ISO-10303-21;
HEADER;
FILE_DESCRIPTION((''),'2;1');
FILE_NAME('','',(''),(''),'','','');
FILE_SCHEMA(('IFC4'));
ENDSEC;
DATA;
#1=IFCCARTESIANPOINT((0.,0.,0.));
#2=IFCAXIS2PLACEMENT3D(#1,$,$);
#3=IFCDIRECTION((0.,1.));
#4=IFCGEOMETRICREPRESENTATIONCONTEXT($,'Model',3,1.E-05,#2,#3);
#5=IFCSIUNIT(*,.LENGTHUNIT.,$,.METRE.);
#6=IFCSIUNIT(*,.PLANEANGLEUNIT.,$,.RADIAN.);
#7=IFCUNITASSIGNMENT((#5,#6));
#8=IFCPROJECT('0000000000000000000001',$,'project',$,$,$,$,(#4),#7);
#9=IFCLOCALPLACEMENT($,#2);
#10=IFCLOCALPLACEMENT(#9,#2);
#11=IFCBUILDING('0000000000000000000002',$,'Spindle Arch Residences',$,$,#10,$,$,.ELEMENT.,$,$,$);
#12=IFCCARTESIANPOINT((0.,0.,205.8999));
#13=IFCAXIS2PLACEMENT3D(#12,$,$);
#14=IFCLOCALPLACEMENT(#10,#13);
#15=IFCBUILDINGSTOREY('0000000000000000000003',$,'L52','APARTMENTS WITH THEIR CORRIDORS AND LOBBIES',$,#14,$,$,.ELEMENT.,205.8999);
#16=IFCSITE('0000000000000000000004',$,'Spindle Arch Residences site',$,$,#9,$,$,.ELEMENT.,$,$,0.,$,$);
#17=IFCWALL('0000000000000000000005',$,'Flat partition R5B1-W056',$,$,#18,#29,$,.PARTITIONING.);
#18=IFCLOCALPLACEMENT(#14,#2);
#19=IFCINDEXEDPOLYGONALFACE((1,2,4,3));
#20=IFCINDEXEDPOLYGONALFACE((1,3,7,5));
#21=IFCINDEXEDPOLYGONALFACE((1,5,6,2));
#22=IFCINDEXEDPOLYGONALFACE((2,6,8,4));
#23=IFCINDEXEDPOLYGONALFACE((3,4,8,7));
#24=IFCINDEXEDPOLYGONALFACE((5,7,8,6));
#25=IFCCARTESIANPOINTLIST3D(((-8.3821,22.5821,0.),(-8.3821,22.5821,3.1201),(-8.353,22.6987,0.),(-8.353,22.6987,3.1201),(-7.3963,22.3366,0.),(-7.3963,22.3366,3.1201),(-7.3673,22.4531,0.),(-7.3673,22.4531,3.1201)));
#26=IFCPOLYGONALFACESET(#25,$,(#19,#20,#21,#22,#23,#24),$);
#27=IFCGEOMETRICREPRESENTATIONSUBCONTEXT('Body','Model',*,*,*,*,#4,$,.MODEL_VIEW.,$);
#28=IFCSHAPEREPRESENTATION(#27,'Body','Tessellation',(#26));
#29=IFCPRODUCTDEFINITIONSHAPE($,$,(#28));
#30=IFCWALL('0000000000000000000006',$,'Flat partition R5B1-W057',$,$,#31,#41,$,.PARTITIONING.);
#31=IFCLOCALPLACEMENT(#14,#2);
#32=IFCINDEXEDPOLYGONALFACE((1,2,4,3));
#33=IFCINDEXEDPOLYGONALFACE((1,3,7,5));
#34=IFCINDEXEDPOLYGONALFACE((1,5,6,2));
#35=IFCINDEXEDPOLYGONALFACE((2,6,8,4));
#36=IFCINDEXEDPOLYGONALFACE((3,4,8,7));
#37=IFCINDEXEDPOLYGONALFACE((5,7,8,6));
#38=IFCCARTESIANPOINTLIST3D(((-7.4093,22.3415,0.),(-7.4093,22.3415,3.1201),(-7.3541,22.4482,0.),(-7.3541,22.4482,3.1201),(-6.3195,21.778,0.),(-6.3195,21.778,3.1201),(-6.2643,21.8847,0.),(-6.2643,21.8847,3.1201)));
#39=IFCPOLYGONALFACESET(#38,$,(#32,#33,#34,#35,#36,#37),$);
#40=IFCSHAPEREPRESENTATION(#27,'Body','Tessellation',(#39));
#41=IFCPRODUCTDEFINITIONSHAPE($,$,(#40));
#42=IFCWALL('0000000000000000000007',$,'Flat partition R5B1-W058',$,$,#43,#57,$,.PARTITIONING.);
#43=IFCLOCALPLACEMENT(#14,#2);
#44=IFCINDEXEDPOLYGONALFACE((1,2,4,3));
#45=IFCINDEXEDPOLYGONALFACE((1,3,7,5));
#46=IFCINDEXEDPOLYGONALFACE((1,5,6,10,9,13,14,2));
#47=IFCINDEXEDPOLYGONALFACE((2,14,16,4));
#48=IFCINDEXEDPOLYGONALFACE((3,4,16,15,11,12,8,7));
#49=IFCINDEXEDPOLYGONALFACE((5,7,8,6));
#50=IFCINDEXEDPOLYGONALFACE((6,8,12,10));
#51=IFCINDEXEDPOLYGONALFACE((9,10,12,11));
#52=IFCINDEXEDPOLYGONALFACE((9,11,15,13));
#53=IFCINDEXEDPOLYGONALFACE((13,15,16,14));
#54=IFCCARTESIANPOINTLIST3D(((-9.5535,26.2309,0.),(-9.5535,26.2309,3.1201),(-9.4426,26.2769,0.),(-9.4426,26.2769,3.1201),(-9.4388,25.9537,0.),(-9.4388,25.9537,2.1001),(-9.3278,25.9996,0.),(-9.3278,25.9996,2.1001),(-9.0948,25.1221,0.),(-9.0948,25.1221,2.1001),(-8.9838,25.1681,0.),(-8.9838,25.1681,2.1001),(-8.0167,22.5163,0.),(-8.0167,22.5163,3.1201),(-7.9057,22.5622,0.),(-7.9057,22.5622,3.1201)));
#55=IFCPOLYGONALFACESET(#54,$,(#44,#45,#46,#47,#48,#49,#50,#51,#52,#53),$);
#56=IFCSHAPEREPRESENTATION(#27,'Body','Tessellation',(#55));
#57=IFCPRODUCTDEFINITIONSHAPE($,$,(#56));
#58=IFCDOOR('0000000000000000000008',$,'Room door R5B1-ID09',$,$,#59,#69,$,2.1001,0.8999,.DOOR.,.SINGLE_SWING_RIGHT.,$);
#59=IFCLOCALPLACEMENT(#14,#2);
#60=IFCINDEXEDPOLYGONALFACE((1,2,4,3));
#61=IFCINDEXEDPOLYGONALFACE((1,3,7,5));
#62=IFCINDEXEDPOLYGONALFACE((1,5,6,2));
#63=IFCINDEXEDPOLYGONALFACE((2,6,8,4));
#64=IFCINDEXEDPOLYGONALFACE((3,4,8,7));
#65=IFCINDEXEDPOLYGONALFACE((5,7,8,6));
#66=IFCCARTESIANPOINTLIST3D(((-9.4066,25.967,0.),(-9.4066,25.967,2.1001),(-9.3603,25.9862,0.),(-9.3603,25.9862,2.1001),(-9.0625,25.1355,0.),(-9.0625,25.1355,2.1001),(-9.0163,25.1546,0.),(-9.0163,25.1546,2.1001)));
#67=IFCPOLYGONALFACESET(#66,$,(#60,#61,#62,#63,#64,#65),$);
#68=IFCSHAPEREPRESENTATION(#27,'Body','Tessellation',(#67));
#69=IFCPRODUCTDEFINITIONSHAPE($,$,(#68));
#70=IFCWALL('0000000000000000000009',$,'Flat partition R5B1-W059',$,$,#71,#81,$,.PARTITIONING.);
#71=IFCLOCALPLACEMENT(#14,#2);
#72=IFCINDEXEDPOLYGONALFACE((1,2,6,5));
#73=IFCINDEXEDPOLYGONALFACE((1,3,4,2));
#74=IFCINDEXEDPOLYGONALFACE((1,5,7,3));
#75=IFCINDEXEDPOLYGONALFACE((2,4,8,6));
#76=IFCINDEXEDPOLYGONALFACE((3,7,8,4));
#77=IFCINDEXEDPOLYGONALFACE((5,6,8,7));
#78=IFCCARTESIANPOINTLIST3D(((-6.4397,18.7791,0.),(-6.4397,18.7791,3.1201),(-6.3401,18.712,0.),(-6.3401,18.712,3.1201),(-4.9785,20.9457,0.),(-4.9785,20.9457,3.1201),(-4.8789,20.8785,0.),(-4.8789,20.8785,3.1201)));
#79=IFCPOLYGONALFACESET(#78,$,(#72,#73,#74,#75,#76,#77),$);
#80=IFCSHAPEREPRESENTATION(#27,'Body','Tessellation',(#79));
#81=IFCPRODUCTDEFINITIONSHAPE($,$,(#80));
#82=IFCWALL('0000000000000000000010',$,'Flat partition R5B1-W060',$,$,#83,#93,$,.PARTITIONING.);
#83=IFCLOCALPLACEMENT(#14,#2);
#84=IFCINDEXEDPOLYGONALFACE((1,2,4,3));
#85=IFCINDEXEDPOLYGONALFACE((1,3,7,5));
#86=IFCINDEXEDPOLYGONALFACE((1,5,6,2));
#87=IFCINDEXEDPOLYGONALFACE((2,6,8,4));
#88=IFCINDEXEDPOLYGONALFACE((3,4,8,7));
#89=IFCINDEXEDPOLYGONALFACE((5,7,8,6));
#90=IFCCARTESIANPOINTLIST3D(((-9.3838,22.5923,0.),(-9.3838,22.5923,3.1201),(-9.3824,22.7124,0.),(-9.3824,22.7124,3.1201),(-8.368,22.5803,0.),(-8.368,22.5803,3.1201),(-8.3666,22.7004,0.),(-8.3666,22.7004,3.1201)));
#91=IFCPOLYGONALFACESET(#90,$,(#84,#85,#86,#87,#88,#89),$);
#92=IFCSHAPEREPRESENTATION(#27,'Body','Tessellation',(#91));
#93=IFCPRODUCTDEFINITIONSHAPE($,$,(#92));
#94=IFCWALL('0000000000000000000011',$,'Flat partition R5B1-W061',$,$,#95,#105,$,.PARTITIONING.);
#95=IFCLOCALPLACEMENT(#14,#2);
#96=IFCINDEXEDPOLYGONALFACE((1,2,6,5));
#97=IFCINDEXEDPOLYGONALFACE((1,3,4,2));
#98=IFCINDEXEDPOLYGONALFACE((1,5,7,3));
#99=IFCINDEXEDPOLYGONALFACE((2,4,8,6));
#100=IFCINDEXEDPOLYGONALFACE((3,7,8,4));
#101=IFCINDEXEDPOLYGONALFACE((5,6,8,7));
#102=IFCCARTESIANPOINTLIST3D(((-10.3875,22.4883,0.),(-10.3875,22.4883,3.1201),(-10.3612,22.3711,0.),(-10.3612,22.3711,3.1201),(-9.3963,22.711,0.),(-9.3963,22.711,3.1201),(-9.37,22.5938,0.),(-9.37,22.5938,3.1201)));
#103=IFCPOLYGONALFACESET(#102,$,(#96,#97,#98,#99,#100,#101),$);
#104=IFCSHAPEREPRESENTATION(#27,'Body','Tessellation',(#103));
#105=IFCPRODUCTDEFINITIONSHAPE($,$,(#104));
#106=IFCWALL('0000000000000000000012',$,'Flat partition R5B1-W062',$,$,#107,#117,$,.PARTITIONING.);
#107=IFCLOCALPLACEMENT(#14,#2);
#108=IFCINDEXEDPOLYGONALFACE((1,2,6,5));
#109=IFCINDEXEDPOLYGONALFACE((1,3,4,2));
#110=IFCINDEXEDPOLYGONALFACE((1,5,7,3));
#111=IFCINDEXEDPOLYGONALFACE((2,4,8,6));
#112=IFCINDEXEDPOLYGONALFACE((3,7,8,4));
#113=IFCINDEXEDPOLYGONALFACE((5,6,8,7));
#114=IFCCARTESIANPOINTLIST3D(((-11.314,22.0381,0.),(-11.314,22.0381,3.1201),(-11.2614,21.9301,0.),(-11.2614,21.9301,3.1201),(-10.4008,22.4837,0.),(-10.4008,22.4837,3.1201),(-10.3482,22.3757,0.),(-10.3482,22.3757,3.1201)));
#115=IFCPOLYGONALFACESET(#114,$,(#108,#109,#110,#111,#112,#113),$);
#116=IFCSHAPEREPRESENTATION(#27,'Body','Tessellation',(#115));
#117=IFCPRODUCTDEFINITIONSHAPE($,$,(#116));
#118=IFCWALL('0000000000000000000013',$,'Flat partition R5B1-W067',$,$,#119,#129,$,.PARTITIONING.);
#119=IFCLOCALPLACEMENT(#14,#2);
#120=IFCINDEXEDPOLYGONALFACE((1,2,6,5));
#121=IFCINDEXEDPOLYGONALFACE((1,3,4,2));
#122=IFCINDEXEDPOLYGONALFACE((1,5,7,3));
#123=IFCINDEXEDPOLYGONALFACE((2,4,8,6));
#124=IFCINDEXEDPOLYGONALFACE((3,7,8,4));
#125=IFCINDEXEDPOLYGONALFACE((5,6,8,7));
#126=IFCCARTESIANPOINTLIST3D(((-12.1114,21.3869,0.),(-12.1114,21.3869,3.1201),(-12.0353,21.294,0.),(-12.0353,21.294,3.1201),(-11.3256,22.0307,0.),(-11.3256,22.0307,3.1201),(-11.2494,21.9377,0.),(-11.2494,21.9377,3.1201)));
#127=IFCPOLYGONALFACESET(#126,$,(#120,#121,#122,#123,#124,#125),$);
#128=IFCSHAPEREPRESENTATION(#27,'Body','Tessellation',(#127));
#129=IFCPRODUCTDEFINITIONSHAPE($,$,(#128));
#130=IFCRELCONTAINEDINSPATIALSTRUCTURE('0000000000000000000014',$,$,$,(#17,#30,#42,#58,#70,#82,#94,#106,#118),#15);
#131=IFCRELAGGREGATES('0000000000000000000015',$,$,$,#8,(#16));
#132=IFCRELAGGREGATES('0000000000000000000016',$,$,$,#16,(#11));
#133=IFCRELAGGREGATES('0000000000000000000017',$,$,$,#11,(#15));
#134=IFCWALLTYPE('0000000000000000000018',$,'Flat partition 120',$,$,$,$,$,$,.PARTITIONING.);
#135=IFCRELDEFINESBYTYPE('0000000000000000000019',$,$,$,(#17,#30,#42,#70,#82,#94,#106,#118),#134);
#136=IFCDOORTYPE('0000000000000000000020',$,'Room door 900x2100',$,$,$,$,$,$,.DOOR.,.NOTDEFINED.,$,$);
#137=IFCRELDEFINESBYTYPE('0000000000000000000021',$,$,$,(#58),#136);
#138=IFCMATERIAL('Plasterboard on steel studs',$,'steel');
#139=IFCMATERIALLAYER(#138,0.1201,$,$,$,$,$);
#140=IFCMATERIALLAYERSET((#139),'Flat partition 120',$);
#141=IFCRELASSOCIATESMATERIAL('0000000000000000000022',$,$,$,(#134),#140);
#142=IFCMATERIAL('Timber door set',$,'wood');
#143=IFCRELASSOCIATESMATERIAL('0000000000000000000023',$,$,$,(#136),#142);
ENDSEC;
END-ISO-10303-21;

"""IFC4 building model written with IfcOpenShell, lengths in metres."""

from ifc_helpers import new_model, si_unit, direction, frame, frame_2d, origin, place, context, subcontext, project, spatial, rectangle, extrude, material, layer, layer_set, type_object, element, fill, save


model = new_model("IFC4")

# Units and contexts
model_context = context("Model", 3, precision=1e-05, world=origin(), true_north=direction((0.0, 1.0)))
body_context = subcontext(model_context, "Body", "Model", "MODEL_VIEW")
ifc_project = project(units=[si_unit("LENGTHUNIT", "METRE"), si_unit("PLANEANGLEUNIT", "RADIAN")], contexts=[model_context])

# Site, building, storey
site_placement = place(None, origin())
site = spatial("IfcSite", under=ifc_project, at=site_placement, Name="Spindle Arch Residences site", CompositionType="ELEMENT", RefElevation=0.0)
building_placement = place(site_placement, origin())
building = spatial("IfcBuilding", under=site, at=building_placement, Name="Spindle Arch Residences", CompositionType="ELEMENT")
storey_placement = place(building_placement, frame((0.0, 0.0, 205.8999)))
storey = spatial("IfcBuildingStorey", under=building, at=storey_placement, Name="L52", Description="APARTMENTS WITH THEIR CORRIDORS AND LOBBIES", CompositionType="ELEMENT", Elevation=205.8999)

# Shared definitions
ifc_material_1 = material(Name="Plasterboard on steel studs", Category="steel")
ifc_layer_1 = layer(ifc_material_1, 0.1201)
ifc_layer_set_1 = layer_set([ifc_layer_1], Name="Flat partition 120")
wall_type = type_object("IfcWallType", Name="Flat partition 120", PredefinedType="PARTITIONING", material=ifc_layer_set_1)

# Shared definitions
ifc_material_2 = material(Name="Timber door set", Category="wood")
door_type = type_object("IfcDoorType", Name="Room door 900x2100", OperationType="NOTDEFINED", PredefinedType="DOOR", material=ifc_material_2)

# Walls
wall_1_placement = place(storey_placement, frame((-8.3674, 22.6404, 0.0), z_axis=(0.0, 0.0, 1.0), x_axis=(0.97034, -0.241744, 0.0)))
element("IfcWall", 1, at=wall_1_placement, inside=storey, type_object=wall_type, Name="Flat partition R5B1-W056", PredefinedType="PARTITIONING", context=body_context, shape_type="SweptSolid", body=[
    extrude(rectangle(XDim=1.0159, YDim=0.1201, at=frame_2d((0.5078, 0.0))), origin(), (0.0, 0.0, 1.0), 3.1201),
])
wall_2_placement = place(storey_placement, frame((-7.3816, 22.3948, 0.0), z_axis=(0.0, 0.0, 1.0), x_axis=(0.888296, -0.459271, 0.0)))
element("IfcWall", 2, at=wall_2_placement, inside=storey, type_object=wall_type, Name="Flat partition R5B1-W057", PredefinedType="PARTITIONING", context=body_context, shape_type="SweptSolid", body=[
    extrude(rectangle(XDim=1.2268, YDim=0.1201, at=frame_2d((0.6133, 0.0))), origin(), (0.0, 0.0, 1.0), 3.1201),
])

# Wall, opening, door
wall_3_placement = place(storey_placement, frame((-9.498, 26.2539, 0.0), z_axis=(0.0, 0.0, 1.0), x_axis=(0.382307, -0.924035, 0.0)))
wall_3 = element("IfcWall", 3, at=wall_3_placement, inside=storey, type_object=wall_type, Name="Flat partition R5B1-W058", PredefinedType="PARTITIONING", context=body_context, shape_type="SweptSolid", body=[
    extrude(rectangle(XDim=4.02, YDim=0.1201, at=frame_2d((2.01, 0.0))), origin(), (0.0, 0.0, 1.0), 3.1201),
])
opening_1_placement = place(wall_3_placement, frame((0.3, 0.0, 0.0)))
opening_1 = element("IfcOpeningElement", 4, at=opening_1_placement, cuts=wall_3, PredefinedType="OPENING", context=body_context, shape_type="SweptSolid", body=[
    extrude(rectangle(XDim=0.8999, YDim=2.1001, at=frame_2d((0.45, 1.05))), frame((0.0, 0.0701, 0.0), z_axis=(0.0, -1.0, 0.0), x_axis=(1.0, 0.0, 0.0)), (0.0, 0.0, 1.0), 0.1401),
])
door_1_placement = place(opening_1_placement, origin())
door_1 = element("IfcDoor", 5, at=door_1_placement, inside=storey, type_object=door_type, Name="Room door R5B1-ID09", OperationType="SINGLE_SWING_RIGHT", OverallHeight=2.1001, OverallWidth=0.8999, PredefinedType="DOOR", context=body_context, shape_type="SweptSolid", body=[
    extrude(rectangle(XDim=0.8999, YDim=2.1001, at=frame_2d((0.45, 1.05))), frame((0.0, 0.0249, 0.0), z_axis=(0.0, -1.0, 0.0), x_axis=(1.0, 0.0, 0.0)), (0.0, 0.0, 1.0), 0.05),
])
fill(opening_1, door_1)

# Walls
wall_4_placement = place(storey_placement, frame((-4.9287, 20.9121, 0.0), z_axis=(0.0, 0.0, 1.0), x_axis=(-0.559155, -0.829063, 0.0)))
element("IfcWall", 6, at=wall_4_placement, inside=storey, type_object=wall_type, Name="Flat partition R5B1-W059", PredefinedType="PARTITIONING", context=body_context, shape_type="SweptSolid", body=[
    extrude(rectangle(XDim=2.6133, YDim=0.1201, at=frame_2d((1.3066, 0.0))), origin(), (0.0, 0.0, 1.0), 3.1201),
])
for number, where, z_axis, x_axis, name in (
    (7, (-8.3674, 22.6404, 0.0), (0.0, 0.0, 1.0), (-0.999931, 0.011775, 0.0), "Flat partition R5B1-W060"),
    (8, (-9.3833, 22.6523, 0.0), (0.0, 0.0, 1.0), (-0.975687, -0.219169, 0.0), "Flat partition R5B1-W061"),
):
    element("IfcWall", number, at=place(storey_placement, frame(where, z_axis=z_axis, x_axis=x_axis)), inside=storey, type_object=wall_type, Name=name, PredefinedType="PARTITIONING", context=body_context, shape_type="SweptSolid", body=[
        extrude(rectangle(XDim=1.0159, YDim=0.1201, at=frame_2d((0.5078, 0.0))), origin(), (0.0, 0.0, 1.0), 3.1201),
    ])
wall_5_placement = place(storey_placement, frame((-10.3745, 22.4297, 0.0), z_axis=(0.0, 0.0, 1.0), x_axis=(-0.898711, -0.438542, 0.0)))
element("IfcWall", 9, at=wall_5_placement, inside=storey, type_object=wall_type, Name="Flat partition R5B1-W062", PredefinedType="PARTITIONING", context=body_context, shape_type="SweptSolid", body=[
    extrude(rectangle(XDim=1.0161, YDim=0.1201, at=frame_2d((0.5081, 0.0))), origin(), (0.0, 0.0, 1.0), 3.1201),
])
wall_6_placement = place(storey_placement, frame((-11.2876, 21.9841, 0.0), z_axis=(0.0, 0.0, 1.0), x_axis=(-0.773572, -0.633709, 0.0)))
element("IfcWall", 10, at=wall_6_placement, inside=storey, type_object=wall_type, Name="Flat partition R5B1-W067", PredefinedType="PARTITIONING", context=body_context, shape_type="SweptSolid", body=[
    extrude(rectangle(XDim=1.0159, YDim=0.1201, at=frame_2d((0.5078, 0.0))), origin(), (0.0, 0.0, 1.0), 3.1201),
])

save(model, "model.ifc")
